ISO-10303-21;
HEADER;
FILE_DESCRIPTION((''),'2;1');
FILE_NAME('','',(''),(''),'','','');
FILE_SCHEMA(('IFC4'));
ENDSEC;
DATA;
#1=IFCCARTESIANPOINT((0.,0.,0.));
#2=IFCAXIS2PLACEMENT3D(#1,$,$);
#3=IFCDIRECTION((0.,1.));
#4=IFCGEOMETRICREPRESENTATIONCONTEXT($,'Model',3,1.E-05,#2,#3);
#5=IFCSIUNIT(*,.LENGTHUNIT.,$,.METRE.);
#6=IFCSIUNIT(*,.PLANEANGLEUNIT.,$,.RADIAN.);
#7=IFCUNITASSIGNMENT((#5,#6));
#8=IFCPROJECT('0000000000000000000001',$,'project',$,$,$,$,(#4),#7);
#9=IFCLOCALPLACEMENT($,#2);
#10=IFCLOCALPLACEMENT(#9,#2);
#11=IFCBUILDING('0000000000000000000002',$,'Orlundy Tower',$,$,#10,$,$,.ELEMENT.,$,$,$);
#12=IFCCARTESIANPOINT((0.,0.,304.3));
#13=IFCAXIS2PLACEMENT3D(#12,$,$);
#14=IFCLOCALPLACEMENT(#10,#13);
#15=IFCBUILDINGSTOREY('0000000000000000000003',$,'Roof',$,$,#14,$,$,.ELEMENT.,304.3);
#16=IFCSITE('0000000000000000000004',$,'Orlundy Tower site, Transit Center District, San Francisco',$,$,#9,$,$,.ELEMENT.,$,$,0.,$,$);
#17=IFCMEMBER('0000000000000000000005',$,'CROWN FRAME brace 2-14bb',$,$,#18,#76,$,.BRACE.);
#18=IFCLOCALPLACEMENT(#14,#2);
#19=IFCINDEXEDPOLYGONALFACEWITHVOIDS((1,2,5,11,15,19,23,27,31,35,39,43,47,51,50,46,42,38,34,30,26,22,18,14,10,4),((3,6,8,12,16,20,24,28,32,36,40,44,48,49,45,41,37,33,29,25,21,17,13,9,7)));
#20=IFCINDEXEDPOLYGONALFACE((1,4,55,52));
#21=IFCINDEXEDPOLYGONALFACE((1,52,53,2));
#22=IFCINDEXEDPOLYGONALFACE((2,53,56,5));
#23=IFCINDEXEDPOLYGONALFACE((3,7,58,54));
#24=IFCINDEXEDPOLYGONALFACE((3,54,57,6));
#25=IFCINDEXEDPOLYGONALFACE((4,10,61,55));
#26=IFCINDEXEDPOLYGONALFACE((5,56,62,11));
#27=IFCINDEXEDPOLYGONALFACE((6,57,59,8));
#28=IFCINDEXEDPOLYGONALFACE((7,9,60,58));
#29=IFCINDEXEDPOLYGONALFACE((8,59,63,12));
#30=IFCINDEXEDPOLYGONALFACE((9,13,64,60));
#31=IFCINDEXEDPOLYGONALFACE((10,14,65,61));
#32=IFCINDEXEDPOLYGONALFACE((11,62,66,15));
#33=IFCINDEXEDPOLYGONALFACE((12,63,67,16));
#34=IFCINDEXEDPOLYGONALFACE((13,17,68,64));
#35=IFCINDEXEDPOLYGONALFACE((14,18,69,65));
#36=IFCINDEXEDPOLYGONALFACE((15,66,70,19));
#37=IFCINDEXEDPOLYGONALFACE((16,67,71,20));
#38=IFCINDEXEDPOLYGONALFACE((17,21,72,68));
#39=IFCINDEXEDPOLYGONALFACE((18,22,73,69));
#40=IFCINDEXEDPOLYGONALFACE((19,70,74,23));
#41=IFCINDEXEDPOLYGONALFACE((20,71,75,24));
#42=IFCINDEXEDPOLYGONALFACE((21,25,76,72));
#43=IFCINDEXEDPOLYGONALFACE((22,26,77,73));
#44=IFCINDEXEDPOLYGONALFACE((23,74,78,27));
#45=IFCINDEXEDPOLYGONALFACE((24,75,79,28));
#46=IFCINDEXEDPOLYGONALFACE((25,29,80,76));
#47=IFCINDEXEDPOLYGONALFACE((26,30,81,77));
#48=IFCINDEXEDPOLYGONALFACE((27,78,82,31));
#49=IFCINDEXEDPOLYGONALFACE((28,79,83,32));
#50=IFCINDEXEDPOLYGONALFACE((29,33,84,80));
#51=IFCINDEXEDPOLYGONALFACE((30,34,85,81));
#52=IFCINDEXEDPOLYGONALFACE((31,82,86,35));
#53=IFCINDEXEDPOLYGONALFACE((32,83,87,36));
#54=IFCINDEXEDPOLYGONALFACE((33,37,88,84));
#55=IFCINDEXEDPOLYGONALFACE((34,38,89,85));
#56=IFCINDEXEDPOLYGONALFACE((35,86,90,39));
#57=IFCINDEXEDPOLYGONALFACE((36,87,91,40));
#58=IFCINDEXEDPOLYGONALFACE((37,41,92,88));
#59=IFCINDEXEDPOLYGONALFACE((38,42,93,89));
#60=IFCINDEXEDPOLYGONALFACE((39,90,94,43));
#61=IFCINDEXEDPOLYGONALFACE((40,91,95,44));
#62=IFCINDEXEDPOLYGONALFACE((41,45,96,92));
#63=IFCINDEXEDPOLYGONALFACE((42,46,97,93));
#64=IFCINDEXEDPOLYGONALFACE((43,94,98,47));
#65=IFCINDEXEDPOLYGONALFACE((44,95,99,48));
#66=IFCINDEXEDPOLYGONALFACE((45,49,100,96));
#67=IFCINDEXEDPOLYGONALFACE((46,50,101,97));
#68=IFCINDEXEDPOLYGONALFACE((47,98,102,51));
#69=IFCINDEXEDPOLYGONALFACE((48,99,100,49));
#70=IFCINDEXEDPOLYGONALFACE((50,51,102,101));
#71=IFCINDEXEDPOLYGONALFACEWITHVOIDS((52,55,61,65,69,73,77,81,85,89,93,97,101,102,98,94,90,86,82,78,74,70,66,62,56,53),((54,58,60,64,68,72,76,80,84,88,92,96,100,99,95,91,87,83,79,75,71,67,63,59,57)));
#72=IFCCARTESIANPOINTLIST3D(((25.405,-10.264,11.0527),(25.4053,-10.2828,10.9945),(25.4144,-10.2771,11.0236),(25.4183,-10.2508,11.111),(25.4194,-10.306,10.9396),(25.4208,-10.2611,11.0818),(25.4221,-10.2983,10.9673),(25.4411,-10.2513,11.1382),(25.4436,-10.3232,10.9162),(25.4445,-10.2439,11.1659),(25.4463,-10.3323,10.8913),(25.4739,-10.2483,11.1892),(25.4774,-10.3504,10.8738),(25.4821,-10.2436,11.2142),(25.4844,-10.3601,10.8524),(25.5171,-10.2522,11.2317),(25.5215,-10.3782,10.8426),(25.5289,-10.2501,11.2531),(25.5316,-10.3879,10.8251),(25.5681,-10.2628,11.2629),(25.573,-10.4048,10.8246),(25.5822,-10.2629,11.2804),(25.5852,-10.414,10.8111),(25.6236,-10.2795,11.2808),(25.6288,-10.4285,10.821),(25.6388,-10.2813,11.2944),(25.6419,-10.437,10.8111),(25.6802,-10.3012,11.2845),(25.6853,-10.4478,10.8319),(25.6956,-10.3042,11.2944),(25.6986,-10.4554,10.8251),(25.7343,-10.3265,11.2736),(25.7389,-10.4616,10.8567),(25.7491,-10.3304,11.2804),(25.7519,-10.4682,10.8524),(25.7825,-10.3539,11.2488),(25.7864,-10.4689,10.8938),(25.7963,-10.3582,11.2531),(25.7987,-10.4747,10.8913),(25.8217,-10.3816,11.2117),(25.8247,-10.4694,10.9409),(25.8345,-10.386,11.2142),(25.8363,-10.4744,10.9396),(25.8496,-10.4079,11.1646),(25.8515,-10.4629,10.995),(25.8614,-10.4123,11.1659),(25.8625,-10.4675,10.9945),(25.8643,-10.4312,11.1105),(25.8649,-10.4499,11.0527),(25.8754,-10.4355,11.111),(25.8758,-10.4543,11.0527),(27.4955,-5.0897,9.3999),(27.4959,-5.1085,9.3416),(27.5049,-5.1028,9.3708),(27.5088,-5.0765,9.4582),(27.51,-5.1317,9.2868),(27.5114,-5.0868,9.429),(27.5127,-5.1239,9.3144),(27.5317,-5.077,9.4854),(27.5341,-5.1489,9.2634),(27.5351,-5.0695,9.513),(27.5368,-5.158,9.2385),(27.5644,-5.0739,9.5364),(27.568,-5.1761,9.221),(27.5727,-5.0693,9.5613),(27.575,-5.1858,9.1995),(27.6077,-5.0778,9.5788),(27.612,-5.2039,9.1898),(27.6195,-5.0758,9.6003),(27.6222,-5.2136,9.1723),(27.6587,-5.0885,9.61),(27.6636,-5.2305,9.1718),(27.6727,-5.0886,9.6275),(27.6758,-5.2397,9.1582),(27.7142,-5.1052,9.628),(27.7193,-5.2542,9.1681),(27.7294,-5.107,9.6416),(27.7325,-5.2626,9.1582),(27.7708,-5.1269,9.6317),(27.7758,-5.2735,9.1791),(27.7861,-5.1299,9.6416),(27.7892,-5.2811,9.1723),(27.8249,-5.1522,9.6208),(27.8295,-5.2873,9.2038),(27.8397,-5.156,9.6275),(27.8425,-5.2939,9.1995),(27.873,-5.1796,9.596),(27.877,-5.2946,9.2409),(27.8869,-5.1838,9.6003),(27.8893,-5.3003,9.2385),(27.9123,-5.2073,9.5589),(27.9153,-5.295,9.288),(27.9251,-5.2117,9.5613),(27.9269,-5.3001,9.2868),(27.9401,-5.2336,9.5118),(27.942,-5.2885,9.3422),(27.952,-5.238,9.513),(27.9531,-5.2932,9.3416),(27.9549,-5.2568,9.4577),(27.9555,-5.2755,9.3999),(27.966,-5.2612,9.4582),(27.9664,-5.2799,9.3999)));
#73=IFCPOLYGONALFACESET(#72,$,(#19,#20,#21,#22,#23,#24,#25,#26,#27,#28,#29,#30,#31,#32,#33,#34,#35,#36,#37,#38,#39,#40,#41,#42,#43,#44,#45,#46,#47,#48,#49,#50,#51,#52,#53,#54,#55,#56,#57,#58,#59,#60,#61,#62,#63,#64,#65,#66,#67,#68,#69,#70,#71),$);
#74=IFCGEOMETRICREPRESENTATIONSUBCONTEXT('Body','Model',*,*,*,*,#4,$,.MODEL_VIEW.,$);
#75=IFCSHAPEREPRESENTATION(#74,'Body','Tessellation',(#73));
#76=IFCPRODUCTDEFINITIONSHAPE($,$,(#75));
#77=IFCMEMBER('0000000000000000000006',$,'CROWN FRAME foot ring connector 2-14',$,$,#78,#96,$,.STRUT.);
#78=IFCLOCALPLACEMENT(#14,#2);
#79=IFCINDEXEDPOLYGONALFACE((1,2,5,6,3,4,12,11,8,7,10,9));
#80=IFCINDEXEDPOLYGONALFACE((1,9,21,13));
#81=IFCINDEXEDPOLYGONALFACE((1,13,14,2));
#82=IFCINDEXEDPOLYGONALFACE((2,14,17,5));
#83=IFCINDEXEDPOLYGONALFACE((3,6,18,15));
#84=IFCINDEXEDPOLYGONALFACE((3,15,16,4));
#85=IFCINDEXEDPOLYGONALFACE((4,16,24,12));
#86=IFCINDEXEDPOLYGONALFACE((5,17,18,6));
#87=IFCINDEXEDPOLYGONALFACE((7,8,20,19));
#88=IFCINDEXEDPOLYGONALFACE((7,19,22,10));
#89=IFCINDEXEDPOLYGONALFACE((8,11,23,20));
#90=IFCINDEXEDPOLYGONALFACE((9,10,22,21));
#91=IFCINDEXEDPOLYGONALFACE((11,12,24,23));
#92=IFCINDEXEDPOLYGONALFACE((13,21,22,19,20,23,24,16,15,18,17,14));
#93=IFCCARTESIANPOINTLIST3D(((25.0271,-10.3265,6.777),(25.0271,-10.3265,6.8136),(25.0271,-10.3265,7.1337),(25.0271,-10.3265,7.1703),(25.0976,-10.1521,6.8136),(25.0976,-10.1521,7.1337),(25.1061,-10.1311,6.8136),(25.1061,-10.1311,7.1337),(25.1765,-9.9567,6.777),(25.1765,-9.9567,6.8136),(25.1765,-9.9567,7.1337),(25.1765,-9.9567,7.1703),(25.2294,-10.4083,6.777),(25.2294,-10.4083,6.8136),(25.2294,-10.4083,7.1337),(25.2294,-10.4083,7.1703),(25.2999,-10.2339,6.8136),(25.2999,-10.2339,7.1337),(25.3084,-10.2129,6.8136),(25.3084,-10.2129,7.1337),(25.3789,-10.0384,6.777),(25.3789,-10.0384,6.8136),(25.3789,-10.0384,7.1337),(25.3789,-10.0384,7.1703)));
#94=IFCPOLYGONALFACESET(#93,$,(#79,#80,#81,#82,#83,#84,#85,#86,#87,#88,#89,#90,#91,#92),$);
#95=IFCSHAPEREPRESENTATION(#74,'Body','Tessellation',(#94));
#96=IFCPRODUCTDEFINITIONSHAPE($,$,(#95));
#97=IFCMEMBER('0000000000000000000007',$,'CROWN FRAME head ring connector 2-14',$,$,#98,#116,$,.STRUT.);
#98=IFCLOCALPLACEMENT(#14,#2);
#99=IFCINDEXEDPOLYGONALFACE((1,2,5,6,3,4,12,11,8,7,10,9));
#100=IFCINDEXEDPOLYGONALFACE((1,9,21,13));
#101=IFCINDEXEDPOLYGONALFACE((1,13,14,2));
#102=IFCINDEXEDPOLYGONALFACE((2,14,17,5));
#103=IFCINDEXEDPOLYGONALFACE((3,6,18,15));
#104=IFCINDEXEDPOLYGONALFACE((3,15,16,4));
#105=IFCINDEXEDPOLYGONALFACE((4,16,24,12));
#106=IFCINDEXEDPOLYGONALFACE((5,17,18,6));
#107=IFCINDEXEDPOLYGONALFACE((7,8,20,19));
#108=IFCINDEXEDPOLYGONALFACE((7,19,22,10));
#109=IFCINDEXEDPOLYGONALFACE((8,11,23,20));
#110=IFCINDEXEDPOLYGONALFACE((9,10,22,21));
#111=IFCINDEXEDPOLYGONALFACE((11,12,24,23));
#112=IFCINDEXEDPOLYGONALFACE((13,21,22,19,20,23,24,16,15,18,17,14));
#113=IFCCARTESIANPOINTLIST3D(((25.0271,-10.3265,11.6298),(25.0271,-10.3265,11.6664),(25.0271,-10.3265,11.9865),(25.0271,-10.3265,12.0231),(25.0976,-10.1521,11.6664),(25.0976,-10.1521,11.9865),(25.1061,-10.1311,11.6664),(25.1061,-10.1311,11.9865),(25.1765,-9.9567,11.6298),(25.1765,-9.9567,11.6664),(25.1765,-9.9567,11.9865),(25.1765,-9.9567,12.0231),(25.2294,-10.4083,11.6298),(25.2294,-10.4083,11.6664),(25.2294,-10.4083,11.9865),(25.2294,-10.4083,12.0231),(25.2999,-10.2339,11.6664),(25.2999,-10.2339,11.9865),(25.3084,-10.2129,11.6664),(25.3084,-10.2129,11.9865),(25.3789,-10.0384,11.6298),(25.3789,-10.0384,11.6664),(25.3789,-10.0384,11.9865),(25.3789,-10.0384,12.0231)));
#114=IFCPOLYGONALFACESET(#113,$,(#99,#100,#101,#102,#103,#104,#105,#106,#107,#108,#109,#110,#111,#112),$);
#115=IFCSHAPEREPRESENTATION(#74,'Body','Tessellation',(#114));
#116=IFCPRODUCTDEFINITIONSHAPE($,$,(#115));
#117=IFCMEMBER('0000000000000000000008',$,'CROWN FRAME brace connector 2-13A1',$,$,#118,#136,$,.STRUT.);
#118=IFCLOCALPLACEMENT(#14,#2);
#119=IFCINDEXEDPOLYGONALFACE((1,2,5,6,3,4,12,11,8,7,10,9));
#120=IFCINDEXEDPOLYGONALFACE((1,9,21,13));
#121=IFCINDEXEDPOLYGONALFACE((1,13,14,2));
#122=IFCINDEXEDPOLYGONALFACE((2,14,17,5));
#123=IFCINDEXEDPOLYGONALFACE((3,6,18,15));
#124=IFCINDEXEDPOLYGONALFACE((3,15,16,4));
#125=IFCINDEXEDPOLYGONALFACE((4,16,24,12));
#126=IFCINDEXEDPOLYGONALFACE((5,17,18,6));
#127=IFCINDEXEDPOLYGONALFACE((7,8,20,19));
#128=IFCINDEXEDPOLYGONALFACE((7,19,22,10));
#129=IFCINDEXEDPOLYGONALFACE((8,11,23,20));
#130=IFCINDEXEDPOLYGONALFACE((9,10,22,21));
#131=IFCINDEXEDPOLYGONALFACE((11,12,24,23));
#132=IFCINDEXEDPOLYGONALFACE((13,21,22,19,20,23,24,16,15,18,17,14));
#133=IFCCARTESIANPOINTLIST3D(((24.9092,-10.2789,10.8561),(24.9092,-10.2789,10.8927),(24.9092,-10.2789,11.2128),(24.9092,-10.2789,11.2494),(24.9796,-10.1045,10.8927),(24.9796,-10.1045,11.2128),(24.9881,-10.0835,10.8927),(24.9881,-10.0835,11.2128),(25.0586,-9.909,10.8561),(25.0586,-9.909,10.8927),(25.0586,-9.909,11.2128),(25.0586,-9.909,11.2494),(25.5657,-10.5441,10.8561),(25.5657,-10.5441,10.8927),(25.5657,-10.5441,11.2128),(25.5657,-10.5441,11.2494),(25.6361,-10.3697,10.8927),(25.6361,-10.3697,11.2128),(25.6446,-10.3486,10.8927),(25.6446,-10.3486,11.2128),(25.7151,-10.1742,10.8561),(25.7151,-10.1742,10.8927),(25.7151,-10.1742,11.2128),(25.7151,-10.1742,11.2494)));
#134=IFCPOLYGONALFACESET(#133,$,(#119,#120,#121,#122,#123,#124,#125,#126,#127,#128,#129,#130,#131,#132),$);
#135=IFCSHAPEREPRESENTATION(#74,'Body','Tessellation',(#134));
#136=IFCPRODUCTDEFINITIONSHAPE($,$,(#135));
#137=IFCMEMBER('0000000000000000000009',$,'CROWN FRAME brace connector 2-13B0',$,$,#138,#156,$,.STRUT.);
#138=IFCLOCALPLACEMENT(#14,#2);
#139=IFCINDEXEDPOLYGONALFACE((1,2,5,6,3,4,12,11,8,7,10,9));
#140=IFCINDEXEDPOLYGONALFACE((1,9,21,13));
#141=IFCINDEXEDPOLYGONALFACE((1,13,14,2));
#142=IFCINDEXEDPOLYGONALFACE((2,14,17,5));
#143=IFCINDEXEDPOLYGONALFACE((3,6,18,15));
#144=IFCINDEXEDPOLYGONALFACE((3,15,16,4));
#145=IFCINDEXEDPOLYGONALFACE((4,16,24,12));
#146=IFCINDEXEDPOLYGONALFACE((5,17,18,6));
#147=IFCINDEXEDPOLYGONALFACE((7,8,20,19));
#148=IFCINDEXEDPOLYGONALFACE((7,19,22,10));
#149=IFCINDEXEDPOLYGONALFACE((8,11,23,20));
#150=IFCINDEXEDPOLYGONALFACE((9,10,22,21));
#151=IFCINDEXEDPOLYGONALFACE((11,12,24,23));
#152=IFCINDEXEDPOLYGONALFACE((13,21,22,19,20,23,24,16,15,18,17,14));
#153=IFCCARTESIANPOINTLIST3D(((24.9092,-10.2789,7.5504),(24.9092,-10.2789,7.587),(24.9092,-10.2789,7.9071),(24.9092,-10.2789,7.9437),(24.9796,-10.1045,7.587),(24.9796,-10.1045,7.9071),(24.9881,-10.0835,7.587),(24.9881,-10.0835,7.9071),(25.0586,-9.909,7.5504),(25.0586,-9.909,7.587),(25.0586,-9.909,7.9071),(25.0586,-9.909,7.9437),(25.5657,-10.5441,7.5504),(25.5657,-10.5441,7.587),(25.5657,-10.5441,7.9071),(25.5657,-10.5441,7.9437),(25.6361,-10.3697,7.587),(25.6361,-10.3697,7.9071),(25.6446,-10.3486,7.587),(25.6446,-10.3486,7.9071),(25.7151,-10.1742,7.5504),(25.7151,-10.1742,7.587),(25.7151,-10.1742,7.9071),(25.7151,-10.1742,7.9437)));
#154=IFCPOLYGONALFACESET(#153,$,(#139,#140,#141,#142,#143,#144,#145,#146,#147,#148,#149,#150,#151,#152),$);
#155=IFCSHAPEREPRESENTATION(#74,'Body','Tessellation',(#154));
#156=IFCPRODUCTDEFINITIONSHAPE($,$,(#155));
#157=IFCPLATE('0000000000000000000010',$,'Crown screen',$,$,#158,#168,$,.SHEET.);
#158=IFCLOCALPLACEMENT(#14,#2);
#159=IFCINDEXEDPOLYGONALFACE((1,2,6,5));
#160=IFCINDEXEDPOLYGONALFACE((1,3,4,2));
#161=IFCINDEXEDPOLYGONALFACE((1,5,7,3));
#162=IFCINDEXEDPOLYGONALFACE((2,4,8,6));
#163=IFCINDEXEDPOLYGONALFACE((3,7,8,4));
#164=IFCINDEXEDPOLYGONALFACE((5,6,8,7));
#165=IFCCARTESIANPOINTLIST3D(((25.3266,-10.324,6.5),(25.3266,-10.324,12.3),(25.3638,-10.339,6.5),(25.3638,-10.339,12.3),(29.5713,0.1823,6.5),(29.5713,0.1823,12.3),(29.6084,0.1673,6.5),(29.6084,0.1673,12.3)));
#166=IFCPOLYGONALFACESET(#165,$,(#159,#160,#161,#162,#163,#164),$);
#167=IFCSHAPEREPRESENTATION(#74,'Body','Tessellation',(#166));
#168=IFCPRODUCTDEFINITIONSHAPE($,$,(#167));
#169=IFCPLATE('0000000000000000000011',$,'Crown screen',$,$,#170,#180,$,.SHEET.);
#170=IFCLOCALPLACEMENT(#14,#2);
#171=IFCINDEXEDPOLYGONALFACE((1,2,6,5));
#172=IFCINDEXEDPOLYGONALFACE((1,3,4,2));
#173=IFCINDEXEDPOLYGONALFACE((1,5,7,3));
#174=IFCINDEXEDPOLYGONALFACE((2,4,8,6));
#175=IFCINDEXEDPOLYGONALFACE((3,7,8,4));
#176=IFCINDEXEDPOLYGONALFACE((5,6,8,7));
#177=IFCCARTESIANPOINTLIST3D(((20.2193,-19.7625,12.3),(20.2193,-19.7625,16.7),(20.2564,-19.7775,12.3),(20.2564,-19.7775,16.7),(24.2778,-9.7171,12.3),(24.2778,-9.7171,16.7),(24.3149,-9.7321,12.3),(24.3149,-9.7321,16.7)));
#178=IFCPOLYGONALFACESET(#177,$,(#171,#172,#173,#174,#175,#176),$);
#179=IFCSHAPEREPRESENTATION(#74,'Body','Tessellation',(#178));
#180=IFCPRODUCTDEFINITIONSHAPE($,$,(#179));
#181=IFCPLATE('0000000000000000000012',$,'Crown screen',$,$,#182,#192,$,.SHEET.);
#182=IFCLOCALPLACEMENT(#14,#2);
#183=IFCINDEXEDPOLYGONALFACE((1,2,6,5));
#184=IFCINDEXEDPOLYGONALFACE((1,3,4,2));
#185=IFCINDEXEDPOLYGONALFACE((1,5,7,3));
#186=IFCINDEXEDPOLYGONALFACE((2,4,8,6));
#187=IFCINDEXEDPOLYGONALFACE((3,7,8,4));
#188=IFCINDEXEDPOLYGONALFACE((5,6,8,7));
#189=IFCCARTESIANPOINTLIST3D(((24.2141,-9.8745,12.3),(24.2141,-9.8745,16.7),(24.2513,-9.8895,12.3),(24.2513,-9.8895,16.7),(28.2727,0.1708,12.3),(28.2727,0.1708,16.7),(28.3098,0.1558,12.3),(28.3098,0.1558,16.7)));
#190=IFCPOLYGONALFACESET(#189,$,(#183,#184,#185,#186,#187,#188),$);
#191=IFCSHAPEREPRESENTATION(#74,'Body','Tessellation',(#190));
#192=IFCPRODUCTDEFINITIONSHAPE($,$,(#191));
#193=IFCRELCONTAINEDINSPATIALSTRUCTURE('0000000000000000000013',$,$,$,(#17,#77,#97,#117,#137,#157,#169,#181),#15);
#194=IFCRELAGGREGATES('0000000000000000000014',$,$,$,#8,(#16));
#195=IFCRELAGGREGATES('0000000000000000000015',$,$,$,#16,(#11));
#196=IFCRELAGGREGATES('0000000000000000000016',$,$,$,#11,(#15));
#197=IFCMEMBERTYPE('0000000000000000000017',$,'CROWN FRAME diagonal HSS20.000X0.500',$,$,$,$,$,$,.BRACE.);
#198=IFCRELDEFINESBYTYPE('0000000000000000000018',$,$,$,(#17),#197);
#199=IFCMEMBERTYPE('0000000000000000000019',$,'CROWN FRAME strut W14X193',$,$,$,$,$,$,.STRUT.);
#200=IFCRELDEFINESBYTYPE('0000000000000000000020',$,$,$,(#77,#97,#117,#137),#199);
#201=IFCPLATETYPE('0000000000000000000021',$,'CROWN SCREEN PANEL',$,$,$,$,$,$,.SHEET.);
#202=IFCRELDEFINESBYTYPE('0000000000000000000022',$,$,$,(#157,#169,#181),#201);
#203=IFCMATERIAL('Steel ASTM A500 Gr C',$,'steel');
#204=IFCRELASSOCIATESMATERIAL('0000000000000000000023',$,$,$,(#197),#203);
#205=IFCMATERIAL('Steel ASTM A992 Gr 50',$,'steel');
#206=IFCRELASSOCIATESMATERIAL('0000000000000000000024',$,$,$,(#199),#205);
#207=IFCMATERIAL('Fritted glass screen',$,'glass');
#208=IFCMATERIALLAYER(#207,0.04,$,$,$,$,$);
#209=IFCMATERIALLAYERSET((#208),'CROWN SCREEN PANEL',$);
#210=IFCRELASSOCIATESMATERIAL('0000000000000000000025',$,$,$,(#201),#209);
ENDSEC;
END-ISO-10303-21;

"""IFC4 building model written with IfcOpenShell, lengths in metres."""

from ifc_helpers import new_model, si_unit, direction, frame, origin, origin_2d, place, context, subcontext, project, spatial, rectangle, hollow_circle, i_section, extrude, material, layer, layer_set, material_profile, profile_set, type_object, element, save


model = new_model("IFC4")

# Units and contexts
model_context = context("Model", 3, precision=1e-05, world=origin(), true_north=direction((0.0, 1.0)))
body_context = subcontext(model_context, "Body", "Model", "MODEL_VIEW")
ifc_project = project(units=[si_unit("LENGTHUNIT", "METRE"), si_unit("PLANEANGLEUNIT", "RADIAN")], contexts=[model_context])

# Site, building, storey
site_placement = place(None, origin())
site = spatial("IfcSite", under=ifc_project, at=site_placement, Name="Orlundy Tower site, Transit Center District, San Francisco", CompositionType="ELEMENT", RefElevation=0.0)
building_placement = place(site_placement, origin())
building = spatial("IfcBuilding", under=site, at=building_placement, Name="Orlundy Tower", CompositionType="ELEMENT")
storey_placement = place(building_placement, frame((0.0, 0.0, 304.3)))
storey = spatial("IfcBuildingStorey", under=building, at=storey_placement, Name="Roof", CompositionType="ELEMENT", Elevation=304.3)

# Members
ifc_material_1 = material(Name="Steel ASTM A500 Gr C", Category="steel")
ifc_material_profile_1 = material_profile(ifc_material_1, hollow_circle(Radius=0.2539, WallThickness=0.0117, at=origin_2d()), Name="HSS20.000X0.500")
ifc_profile_set_1 = profile_set([ifc_material_profile_1], Name="Steel ASTM A500 Gr C")
member_type_1 = type_object("IfcMemberType", Name="CROWN FRAME diagonal HSS20.000X0.500", PredefinedType="BRACE", material=ifc_profile_set_1)
for number, where, z_axis, x_axis, name in (
    (1, (27.731, -5.1848, 9.3999), (-0.359187, -0.889012, 0.283977), (0.927183, -0.374609, 0.0), "CROWN FRAME brace 2-14bb"),
):
    element("IfcMember", number, at=place(storey_placement, frame(where, z_axis=z_axis, x_axis=x_axis)), inside=storey, type_object=member_type_1, Name=name, PredefinedType="BRACE", context=body_context, shape_type="SweptSolid", body=[
        extrude(hollow_circle(Radius=0.2539, WallThickness=0.0117, at=origin_2d()), origin(), (0.0, 0.0, 1.0), 5.8203),
    ])
ifc_material_2 = material(Name="Steel ASTM A992 Gr 50", Category="steel")
ifc_material_profile_2 = material_profile(ifc_material_2, i_section(OverallWidth=0.3989, OverallDepth=0.3933, WebThickness=0.0227, FlangeThickness=0.0366, at=origin_2d()), Name="W14X193")
ifc_profile_set_2 = profile_set([ifc_material_profile_2], Name="Steel ASTM A992 Gr 50")
member_type_2 = type_object("IfcMemberType", Name="CROWN FRAME strut W14X193", PredefinedType="STRUT", material=ifc_profile_set_2)
for number, where, z_axis, x_axis, name in (
    (2, (25.1018, -10.1416, 6.9736), (0.92716, -0.374666, 0.0), (0.374666, 0.92716, 0.0), "CROWN FRAME foot ring connector 2-14"),
    (3, (25.1018, -10.1416, 11.8264), (0.92716, -0.374666, 0.0), (0.374666, 0.92716, 0.0), "CROWN FRAME head ring connector 2-14"),
):
    element("IfcMember", number, at=place(storey_placement, frame(where, z_axis=z_axis, x_axis=x_axis)), inside=storey, type_object=member_type_2, Name=name, PredefinedType="STRUT", context=body_context, shape_type="SweptSolid", body=[
        extrude(i_section(OverallWidth=0.3989, OverallDepth=0.3933, WebThickness=0.0227, FlangeThickness=0.0366, at=origin_2d()), origin(), (0.0, 0.0, 1.0), 0.2183),
    ])
for number, where, z_axis, x_axis, name in (
    (4, (24.9839, -10.094, 11.0527), (0.927235, -0.37448, 0.0), (0.37448, 0.927235, 0.0), "CROWN FRAME brace connector 2-13A1"),
    (5, (24.9839, -10.094, 7.7471), (0.927235, -0.37448, 0.0), (0.37448, 0.927235, 0.0), "CROWN FRAME brace connector 2-13B0"),
):
    element("IfcMember", number, at=place(storey_placement, frame(where, z_axis=z_axis, x_axis=x_axis)), inside=storey, type_object=member_type_2, Name=name, PredefinedType="STRUT", context=body_context, shape_type="SweptSolid", body=[
        extrude(i_section(OverallWidth=0.3989, OverallDepth=0.3933, WebThickness=0.0227, FlangeThickness=0.0366, at=origin_2d()), origin(), (0.0, 0.0, 1.0), 0.708),
    ])

# Plates
ifc_material_3 = material(Name="Fritted glass screen", Category="glass")
ifc_layer = layer(ifc_material_3, 0.04)
ifc_layer_set = layer_set([ifc_layer], Name="CROWN SCREEN PANEL")
plate_type = type_object("IfcPlateType", Name="CROWN SCREEN PANEL", PredefinedType="SHEET", material=ifc_layer_set)
plate_placement = place(storey_placement, frame((27.4675, -5.0784, 6.5), z_axis=(0.0, 0.0, 1.0), x_axis=(0.374595, 0.927188, 0.0)))
element("IfcPlate", 6, at=plate_placement, inside=storey, type_object=plate_type, Name="Crown screen", PredefinedType="SHEET", context=body_context, shape_type="SweptSolid", body=[
    extrude(rectangle(XDim=11.3313, YDim=0.04, at=origin_2d()), origin(), (0.0, 0.0, 1.0), 5.8),
])
for number, where, z_axis, x_axis, name in (
    (7, (22.2671, -14.7473, 12.3), (0.0, 0.0, 1.0), (0.374596, 0.927188, 0.0), "Crown screen"),
    (8, (26.262, -4.8594, 12.3), (0.0, 0.0, 1.0), (0.374604, 0.927185, 0.0), "Crown screen"),
):
    element("IfcPlate", number, at=place(storey_placement, frame(where, z_axis=z_axis, x_axis=x_axis)), inside=storey, type_object=plate_type, Name=name, PredefinedType="SHEET", context=body_context, shape_type="SweptSolid", body=[
        extrude(rectangle(XDim=10.8342, YDim=0.04, at=origin_2d()), origin(), (0.0, 0.0, 1.0), 4.3999),
    ])

save(model, "model.ifc")
